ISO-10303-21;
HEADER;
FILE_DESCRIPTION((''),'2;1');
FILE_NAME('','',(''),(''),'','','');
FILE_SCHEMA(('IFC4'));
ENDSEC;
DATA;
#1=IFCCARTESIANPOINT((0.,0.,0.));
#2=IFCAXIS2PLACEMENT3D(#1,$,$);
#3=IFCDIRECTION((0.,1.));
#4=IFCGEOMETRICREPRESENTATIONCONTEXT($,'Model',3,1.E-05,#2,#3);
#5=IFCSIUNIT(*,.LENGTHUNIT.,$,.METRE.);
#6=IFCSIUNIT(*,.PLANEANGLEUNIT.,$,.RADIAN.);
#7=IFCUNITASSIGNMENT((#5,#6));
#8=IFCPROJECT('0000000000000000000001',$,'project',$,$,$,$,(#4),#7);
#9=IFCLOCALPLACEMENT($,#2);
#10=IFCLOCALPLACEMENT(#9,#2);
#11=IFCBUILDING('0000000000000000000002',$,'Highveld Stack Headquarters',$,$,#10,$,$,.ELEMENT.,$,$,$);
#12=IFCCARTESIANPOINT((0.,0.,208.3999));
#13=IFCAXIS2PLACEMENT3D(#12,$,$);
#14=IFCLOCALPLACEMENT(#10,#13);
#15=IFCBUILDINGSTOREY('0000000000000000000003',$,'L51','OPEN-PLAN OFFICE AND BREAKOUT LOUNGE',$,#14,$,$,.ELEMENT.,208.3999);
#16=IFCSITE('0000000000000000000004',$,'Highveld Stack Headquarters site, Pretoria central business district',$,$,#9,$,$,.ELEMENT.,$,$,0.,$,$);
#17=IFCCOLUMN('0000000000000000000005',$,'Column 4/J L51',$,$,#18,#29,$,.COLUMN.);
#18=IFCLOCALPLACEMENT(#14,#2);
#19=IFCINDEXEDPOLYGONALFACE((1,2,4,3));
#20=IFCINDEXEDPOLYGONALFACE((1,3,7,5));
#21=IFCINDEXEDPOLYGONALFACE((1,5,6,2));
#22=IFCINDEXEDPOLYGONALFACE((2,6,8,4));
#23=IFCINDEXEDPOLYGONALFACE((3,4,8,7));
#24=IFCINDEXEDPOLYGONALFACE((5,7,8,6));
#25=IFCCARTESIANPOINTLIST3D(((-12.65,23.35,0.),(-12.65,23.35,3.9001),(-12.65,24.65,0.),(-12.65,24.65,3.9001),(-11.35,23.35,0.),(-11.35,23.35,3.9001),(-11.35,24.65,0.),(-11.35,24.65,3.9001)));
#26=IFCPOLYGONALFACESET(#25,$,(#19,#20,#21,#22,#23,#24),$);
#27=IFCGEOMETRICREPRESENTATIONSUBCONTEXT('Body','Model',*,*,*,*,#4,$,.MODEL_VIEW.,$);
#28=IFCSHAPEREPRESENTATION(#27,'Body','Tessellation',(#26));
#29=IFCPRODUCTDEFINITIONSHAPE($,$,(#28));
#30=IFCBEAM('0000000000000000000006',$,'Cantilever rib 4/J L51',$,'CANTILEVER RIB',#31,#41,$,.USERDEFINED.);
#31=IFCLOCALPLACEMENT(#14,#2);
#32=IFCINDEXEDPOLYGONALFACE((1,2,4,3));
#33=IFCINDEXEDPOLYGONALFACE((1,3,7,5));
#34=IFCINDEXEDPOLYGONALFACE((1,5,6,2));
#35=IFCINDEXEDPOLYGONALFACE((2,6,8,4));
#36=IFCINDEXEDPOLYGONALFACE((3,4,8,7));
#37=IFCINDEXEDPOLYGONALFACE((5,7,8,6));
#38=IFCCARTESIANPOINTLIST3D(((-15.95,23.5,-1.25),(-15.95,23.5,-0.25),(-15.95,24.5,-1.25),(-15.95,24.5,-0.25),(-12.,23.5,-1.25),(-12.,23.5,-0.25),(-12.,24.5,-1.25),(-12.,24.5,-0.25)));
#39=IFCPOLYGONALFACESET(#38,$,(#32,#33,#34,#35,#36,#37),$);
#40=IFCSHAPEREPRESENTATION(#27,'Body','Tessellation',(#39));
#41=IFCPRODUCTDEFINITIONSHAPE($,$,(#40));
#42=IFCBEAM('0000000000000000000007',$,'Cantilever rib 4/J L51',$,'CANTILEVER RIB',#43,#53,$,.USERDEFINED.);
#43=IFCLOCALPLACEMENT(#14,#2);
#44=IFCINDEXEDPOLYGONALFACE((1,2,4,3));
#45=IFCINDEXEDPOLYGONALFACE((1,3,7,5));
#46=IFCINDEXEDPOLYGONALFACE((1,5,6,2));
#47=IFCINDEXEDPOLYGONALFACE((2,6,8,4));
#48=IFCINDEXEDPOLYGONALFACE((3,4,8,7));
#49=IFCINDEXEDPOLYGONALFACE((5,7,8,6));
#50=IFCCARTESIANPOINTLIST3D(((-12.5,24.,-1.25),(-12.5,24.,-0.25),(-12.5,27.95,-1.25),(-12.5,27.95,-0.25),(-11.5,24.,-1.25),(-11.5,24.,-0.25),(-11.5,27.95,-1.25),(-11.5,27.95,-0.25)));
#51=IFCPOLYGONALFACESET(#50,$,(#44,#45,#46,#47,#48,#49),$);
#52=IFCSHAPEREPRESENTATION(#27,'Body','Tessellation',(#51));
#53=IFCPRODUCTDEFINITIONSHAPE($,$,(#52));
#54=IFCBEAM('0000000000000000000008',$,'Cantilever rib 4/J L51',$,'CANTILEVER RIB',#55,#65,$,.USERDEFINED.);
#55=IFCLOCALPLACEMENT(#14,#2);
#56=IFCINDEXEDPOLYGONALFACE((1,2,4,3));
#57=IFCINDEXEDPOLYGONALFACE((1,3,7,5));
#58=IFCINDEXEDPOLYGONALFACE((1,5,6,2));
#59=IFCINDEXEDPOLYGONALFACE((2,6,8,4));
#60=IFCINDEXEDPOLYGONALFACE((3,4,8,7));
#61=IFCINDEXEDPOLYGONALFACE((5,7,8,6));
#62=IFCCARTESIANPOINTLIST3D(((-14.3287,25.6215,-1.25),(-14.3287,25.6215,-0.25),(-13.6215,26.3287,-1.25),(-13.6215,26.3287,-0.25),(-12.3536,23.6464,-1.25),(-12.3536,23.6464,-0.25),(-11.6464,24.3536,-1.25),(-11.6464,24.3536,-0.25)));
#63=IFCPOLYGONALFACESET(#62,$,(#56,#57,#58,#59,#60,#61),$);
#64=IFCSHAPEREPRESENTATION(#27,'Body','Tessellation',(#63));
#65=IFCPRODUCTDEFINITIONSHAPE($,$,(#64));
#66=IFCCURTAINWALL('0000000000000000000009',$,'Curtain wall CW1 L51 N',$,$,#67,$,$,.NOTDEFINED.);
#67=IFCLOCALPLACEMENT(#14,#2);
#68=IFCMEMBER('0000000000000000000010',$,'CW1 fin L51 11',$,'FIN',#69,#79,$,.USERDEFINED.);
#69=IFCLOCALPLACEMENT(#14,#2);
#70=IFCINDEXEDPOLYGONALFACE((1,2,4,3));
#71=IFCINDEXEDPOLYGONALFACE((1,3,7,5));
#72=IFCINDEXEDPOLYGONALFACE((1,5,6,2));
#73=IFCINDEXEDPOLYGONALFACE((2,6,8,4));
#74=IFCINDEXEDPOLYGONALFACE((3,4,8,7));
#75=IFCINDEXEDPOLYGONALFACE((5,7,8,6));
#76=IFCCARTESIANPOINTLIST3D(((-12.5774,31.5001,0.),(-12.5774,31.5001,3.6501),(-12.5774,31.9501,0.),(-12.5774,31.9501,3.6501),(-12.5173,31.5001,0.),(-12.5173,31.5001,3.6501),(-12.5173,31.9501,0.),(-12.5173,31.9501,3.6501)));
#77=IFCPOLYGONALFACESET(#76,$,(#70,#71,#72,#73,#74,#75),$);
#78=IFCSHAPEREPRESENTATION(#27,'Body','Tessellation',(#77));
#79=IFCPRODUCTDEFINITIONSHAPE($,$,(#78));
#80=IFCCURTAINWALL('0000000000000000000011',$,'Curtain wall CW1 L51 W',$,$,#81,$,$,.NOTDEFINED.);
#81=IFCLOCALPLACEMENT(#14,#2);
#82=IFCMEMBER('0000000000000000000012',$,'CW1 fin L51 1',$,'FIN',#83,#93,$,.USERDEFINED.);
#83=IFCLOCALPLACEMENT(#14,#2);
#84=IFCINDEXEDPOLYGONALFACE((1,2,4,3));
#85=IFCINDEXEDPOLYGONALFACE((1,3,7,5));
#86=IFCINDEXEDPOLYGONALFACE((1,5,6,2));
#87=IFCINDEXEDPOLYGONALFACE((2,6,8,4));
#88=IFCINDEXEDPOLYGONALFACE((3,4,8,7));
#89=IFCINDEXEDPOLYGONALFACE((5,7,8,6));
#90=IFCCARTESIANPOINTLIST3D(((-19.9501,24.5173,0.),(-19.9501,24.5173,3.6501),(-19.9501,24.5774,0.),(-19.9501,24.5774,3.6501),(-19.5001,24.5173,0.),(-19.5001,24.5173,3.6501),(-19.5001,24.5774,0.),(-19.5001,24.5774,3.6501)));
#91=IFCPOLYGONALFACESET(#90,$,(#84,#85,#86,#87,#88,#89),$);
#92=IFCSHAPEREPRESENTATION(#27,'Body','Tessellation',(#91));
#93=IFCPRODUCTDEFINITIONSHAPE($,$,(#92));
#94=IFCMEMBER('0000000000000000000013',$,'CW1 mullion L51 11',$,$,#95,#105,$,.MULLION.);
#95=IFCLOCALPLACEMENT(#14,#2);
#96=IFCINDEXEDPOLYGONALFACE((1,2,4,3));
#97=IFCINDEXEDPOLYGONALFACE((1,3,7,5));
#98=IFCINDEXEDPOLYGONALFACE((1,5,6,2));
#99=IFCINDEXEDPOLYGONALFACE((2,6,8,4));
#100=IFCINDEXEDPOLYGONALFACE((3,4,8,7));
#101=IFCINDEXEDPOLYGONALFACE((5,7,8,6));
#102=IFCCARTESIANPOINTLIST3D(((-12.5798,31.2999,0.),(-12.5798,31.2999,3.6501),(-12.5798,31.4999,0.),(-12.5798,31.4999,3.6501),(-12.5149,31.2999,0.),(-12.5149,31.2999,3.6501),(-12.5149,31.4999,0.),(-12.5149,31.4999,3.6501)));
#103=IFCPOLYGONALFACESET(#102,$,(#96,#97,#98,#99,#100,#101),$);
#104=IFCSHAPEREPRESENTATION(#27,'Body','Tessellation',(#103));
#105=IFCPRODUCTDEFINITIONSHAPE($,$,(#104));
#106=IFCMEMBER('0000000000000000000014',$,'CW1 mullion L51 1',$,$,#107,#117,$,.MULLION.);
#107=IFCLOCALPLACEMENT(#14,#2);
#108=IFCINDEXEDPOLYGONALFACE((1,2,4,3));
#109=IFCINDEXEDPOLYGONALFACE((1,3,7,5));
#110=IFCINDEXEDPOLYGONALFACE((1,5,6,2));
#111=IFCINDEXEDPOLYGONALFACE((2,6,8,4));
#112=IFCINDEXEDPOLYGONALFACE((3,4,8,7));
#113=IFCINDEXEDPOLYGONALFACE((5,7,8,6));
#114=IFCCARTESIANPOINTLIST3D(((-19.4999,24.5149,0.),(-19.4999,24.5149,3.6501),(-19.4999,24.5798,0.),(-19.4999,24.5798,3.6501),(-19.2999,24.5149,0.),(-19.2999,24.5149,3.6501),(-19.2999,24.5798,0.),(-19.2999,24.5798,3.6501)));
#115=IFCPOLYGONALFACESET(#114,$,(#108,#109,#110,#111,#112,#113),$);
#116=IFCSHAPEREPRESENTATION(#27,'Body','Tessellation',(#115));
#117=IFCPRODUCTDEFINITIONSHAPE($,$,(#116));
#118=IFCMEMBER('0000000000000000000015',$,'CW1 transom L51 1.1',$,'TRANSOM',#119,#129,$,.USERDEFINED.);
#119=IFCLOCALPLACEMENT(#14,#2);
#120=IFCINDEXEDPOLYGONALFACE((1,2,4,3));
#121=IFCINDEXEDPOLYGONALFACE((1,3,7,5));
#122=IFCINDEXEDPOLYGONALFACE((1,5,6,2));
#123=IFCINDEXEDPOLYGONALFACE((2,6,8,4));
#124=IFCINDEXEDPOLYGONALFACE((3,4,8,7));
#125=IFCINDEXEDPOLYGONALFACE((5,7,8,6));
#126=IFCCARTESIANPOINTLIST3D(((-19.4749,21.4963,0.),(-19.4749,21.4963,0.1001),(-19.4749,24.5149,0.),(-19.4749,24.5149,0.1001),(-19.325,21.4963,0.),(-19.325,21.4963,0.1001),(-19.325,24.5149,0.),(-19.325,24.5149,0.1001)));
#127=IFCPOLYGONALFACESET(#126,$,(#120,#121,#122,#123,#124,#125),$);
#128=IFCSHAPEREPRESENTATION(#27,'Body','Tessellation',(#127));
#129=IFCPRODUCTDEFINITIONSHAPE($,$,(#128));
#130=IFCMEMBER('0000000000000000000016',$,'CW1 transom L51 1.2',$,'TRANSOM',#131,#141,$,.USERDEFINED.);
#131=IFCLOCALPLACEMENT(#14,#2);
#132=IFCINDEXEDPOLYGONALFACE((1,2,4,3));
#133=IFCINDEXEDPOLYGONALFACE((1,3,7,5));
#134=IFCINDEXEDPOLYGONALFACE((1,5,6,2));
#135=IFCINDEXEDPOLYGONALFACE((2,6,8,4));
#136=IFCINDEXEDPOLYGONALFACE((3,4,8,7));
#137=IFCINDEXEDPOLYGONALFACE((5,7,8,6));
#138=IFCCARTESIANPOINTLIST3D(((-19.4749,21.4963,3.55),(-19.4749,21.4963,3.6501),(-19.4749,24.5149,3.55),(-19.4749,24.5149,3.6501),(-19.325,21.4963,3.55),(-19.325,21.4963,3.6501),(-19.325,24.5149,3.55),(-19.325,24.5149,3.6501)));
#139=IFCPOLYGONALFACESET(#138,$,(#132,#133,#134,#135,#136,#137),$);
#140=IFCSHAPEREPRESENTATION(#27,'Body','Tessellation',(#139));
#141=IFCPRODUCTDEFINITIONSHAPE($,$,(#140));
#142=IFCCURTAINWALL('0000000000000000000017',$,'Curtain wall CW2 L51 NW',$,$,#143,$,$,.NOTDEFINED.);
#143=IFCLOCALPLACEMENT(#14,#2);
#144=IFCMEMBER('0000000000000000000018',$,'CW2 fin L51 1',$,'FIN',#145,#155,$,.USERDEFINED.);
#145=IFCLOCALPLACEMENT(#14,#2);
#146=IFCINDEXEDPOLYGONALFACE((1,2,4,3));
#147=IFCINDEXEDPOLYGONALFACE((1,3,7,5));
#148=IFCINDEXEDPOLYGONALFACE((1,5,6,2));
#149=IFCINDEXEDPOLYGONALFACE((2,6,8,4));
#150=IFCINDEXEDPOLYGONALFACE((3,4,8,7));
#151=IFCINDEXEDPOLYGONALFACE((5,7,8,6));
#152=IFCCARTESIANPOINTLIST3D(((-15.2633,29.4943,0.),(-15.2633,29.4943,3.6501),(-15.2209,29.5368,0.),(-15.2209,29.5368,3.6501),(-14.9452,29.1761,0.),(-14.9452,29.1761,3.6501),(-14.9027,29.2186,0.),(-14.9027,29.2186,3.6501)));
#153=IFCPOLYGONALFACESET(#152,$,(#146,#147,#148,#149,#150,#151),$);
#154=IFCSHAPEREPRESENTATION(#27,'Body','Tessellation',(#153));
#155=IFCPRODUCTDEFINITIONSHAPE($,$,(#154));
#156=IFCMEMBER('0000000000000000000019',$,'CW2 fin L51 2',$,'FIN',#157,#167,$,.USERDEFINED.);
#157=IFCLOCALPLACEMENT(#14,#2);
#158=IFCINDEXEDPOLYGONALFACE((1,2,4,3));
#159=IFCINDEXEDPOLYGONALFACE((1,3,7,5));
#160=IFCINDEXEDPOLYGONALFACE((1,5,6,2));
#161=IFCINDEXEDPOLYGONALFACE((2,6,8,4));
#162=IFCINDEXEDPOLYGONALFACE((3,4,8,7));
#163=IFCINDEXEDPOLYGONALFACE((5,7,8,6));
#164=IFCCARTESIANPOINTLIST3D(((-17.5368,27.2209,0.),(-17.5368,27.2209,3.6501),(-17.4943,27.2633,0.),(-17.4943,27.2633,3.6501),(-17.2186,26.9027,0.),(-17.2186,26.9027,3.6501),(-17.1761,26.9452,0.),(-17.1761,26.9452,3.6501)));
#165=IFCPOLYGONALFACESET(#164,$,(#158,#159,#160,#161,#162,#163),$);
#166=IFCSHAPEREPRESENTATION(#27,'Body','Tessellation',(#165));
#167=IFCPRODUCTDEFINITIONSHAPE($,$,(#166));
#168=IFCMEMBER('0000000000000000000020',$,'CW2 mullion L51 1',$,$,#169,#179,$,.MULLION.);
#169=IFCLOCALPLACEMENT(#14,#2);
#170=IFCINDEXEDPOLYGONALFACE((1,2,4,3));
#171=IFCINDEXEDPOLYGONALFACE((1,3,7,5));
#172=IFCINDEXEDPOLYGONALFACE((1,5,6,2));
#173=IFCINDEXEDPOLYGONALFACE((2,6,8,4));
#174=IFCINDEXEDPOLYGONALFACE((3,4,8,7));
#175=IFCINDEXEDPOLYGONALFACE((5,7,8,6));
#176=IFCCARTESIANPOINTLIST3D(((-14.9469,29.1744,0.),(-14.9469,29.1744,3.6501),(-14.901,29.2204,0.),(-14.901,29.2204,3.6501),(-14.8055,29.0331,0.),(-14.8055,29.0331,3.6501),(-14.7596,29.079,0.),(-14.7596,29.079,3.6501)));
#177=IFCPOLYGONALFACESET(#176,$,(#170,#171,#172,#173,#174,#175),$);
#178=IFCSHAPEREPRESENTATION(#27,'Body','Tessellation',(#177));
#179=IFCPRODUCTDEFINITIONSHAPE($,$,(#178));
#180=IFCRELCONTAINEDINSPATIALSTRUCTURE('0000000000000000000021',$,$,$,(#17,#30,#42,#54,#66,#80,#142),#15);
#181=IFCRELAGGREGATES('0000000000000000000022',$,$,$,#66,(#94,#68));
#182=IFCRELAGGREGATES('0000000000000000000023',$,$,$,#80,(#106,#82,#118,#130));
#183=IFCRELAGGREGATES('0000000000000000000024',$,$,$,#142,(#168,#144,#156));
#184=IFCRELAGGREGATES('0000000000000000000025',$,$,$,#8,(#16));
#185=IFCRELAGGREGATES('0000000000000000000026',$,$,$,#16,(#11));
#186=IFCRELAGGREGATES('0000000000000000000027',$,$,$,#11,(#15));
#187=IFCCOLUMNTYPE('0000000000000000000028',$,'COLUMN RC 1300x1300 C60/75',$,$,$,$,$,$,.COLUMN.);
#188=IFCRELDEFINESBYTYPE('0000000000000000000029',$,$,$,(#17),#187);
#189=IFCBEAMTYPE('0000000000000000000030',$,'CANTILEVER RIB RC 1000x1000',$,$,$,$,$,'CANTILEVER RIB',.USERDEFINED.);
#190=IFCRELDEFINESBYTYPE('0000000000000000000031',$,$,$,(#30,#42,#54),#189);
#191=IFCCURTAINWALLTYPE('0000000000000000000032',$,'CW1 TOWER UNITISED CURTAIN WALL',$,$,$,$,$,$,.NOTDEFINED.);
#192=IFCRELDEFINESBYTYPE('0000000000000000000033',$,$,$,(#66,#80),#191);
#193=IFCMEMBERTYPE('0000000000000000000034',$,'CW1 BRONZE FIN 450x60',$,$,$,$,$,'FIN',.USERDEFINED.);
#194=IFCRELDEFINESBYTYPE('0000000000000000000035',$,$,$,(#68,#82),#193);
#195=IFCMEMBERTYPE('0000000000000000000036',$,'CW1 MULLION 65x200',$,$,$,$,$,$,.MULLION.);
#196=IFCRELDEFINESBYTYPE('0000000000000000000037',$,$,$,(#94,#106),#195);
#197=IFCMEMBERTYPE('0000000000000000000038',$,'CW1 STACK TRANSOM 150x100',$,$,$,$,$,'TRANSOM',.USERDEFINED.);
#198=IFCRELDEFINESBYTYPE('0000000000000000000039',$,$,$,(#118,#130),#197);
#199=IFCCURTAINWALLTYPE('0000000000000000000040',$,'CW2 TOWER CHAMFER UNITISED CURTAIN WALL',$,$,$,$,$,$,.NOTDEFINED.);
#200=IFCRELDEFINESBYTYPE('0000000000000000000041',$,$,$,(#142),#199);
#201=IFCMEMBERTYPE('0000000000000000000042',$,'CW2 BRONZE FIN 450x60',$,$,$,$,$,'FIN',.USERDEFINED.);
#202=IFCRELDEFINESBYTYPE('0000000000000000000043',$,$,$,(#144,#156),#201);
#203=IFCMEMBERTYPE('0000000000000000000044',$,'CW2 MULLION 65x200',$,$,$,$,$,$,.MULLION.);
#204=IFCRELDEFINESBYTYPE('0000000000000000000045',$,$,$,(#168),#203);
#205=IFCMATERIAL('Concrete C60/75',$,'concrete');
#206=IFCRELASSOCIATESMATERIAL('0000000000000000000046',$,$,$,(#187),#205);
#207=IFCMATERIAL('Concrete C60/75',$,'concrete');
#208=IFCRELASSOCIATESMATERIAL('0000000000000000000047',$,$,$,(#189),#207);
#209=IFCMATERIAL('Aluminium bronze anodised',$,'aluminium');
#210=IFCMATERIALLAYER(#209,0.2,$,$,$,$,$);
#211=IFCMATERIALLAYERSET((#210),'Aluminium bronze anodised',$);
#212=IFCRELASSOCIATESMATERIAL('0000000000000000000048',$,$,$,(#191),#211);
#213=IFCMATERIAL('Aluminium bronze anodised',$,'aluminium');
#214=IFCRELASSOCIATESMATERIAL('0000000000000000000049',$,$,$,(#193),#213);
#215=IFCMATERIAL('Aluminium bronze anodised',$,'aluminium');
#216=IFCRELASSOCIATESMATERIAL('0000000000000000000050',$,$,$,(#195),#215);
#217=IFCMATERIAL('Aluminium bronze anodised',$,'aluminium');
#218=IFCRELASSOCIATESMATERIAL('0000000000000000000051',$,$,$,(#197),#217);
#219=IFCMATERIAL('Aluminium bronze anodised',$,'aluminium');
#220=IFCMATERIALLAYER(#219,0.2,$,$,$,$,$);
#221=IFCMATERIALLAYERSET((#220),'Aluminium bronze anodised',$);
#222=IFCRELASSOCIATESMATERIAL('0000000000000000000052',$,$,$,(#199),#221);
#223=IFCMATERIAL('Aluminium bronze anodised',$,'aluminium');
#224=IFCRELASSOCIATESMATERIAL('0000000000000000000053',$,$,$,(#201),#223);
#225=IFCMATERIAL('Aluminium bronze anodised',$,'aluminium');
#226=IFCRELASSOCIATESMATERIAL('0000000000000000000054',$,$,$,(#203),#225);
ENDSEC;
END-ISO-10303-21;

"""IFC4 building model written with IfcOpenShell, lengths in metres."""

from ifc_helpers import new_model, si_unit, direction, frame, origin, origin_2d, place, context, subcontext, project, spatial, rectangle, extrude, material, layer, layer_set, material_profile, profile_set, type_object, element, aggregate, save


model = new_model("IFC4")

# Units and contexts
model_context = context("Model", 3, precision=1e-05, world=origin(), true_north=direction((0.0, 1.0)))
body_context = subcontext(model_context, "Body", "Model", "MODEL_VIEW")
ifc_project = project(units=[si_unit("LENGTHUNIT", "METRE"), si_unit("PLANEANGLEUNIT", "RADIAN")], contexts=[model_context])

# Site, building, storey
site_placement = place(None, origin())
site = spatial("IfcSite", under=ifc_project, at=site_placement, Name="Highveld Stack Headquarters site, Pretoria central business district", CompositionType="ELEMENT", RefElevation=0.0)
building_placement = place(site_placement, origin())
building = spatial("IfcBuilding", under=site, at=building_placement, Name="Highveld Stack Headquarters", CompositionType="ELEMENT")
storey_placement = place(building_placement, frame((0.0, 0.0, 208.3999)))
storey = spatial("IfcBuildingStorey", under=building, at=storey_placement, Name="L51", Description="OPEN-PLAN OFFICE AND BREAKOUT LOUNGE", CompositionType="ELEMENT", Elevation=208.3999)

# Column
ifc_material_1 = material(Name="Concrete C60/75", Category="concrete")
ifc_material_profile_1 = material_profile(ifc_material_1, rectangle(XDim=1.3, YDim=1.3, at=origin_2d()), Name="RC 1300x1300")
ifc_profile_set_1 = profile_set([ifc_material_profile_1], Name="Concrete C60/75")
column_type = type_object("IfcColumnType", Name="COLUMN RC 1300x1300 C60/75", PredefinedType="COLUMN", material=ifc_profile_set_1)
column_placement = place(storey_placement, frame((-12.0, 24.0, 0.0), z_axis=(0.0, 0.0, 1.0), x_axis=(1.0, 0.0, 0.0)))
element("IfcColumn", 1, at=column_placement, inside=storey, type_object=column_type, Name="Column 4/J L51", PredefinedType="COLUMN", context=body_context, shape_type="SweptSolid", body=[
    extrude(rectangle(XDim=1.3, YDim=1.3, at=origin_2d()), origin(), (0.0, 0.0, 1.0), 3.9001),
])

# Beams
ifc_material_2 = material(Name="Concrete C60/75", Category="concrete")
ifc_material_profile_2 = material_profile(ifc_material_2, rectangle(XDim=1.0, YDim=1.0, at=origin_2d()), Name="RC 1000x1000")
ifc_profile_set_2 = profile_set([ifc_material_profile_2], Name="Concrete C60/75")
beam_type_1 = type_object("IfcBeamType", Name="CANTILEVER RIB RC 1000x1000", ElementType="CANTILEVER RIB", PredefinedType="USERDEFINED", material=ifc_profile_set_2)
for number, where, z_axis, x_axis, name in (
    (2, (-12.0, 24.0, -0.75), (-1.0, 0.0, 0.0), (0.0, -1.0, 0.0), "Cantilever rib 4/J L51"),
    (3, (-12.0, 24.0, -0.75), (0.0, 1.0, 0.0), (-1.0, 0.0, 0.0), "Cantilever rib 4/J L51"),
):
    element("IfcBeam", number, at=place(storey_placement, frame(where, z_axis=z_axis, x_axis=x_axis)), inside=storey, type_object=beam_type_1, Name=name, ObjectType="CANTILEVER RIB", PredefinedType="USERDEFINED", context=body_context, shape_type="SweptSolid", body=[
        extrude(rectangle(XDim=1.0, YDim=1.0, at=origin_2d()), origin(), (0.0, 0.0, 1.0), 3.95),
    ])
beam_1_placement = place(storey_placement, frame((-12.0, 24.0, -0.75), z_axis=(-0.707107, 0.707107, 0.0), x_axis=(-0.707107, -0.707107, 0.0)))
element("IfcBeam", 4, at=beam_1_placement, inside=storey, type_object=beam_type_1, Name="Cantilever rib 4/J L51", ObjectType="CANTILEVER RIB", PredefinedType="USERDEFINED", context=body_context, shape_type="SweptSolid", body=[
    extrude(rectangle(XDim=1.0, YDim=1.0, at=origin_2d()), origin(), (0.0, 0.0, 1.0), 2.7932),
])

# Curtain walls, members
ifc_material_3 = material(Name="Aluminium bronze anodised", Category="aluminium")
ifc_layer_1 = layer(ifc_material_3, 0.2)
ifc_layer_set_1 = layer_set([ifc_layer_1], Name="Aluminium bronze anodised")
curtain_wall_type_1 = type_object("IfcCurtainWallType", Name="CW1 TOWER UNITISED CURTAIN WALL", PredefinedType="NOTDEFINED", material=ifc_layer_set_1)
curtain_wall_1_placement = place(storey_placement, origin())
curtain_wall_1 = element("IfcCurtainWall", 5, at=curtain_wall_1_placement, inside=storey, type_object=curtain_wall_type_1, Name="Curtain wall CW1 L51 N", PredefinedType="NOTDEFINED")
ifc_material_4 = material(Name="Aluminium bronze anodised", Category="aluminium")
ifc_material_profile_3 = material_profile(ifc_material_4, rectangle(XDim=0.45, YDim=0.0601, at=origin_2d()), Name="FIN 450x60")
ifc_profile_set_3 = profile_set([ifc_material_profile_3], Name="Aluminium bronze anodised")
member_type_1 = type_object("IfcMemberType", Name="CW1 BRONZE FIN 450x60", ElementType="FIN", PredefinedType="USERDEFINED", material=ifc_profile_set_3)
member_1_placement = place(storey_placement, frame((-12.5474, 31.7251, 0.0), z_axis=(0.0, 0.0, 1.0), x_axis=(0.0, -1.0, 0.0)))
member_1 = element("IfcMember", 6, at=member_1_placement, type_object=member_type_1, Name="CW1 fin L51 11", ObjectType="FIN", PredefinedType="USERDEFINED", context=body_context, shape_type="SweptSolid", body=[
    extrude(rectangle(XDim=0.45, YDim=0.0601, at=origin_2d()), origin(), (0.0, 0.0, 1.0), 3.6501),
])
curtain_wall_2_placement = place(storey_placement, origin())
curtain_wall_2 = element("IfcCurtainWall", 7, at=curtain_wall_2_placement, inside=storey, type_object=curtain_wall_type_1, Name="Curtain wall CW1 L51 W", PredefinedType="NOTDEFINED")
member_2_placement = place(storey_placement, frame((-19.7251, 24.5474, 0.0), z_axis=(0.0, 0.0, 1.0), x_axis=(1.0, 0.0, 0.0)))
member_2 = element("IfcMember", 8, at=member_2_placement, type_object=member_type_1, Name="CW1 fin L51 1", ObjectType="FIN", PredefinedType="USERDEFINED", context=body_context, shape_type="SweptSolid", body=[
    extrude(rectangle(XDim=0.45, YDim=0.0601, at=origin_2d()), origin(), (0.0, 0.0, 1.0), 3.6501),
])

# Members
ifc_material_5 = material(Name="Aluminium bronze anodised", Category="aluminium")
ifc_material_profile_4 = material_profile(ifc_material_5, rectangle(XDim=0.2, YDim=0.0649, at=origin_2d()), Name="CW1 MULLION 65x200")
ifc_profile_set_4 = profile_set([ifc_material_profile_4], Name="Aluminium bronze anodised")
member_type_2 = type_object("IfcMemberType", Name="CW1 MULLION 65x200", PredefinedType="MULLION", material=ifc_profile_set_4)
member_3_placement = place(storey_placement, frame((-12.5474, 31.3999, 0.0), z_axis=(0.0, 0.0, 1.0), x_axis=(0.0, -1.0, 0.0)))
member_3 = element("IfcMember", 9, at=member_3_placement, type_object=member_type_2, Name="CW1 mullion L51 11", PredefinedType="MULLION", context=body_context, shape_type="SweptSolid", body=[
    extrude(rectangle(XDim=0.2, YDim=0.0649, at=origin_2d()), origin(), (0.0, 0.0, 1.0), 3.6501),
])
aggregate(curtain_wall_1, [member_3, member_1])
member_4_placement = place(storey_placement, frame((-19.3999, 24.5474, 0.0), z_axis=(0.0, 0.0, 1.0), x_axis=(1.0, 0.0, 0.0)))
member_4 = element("IfcMember", 10, at=member_4_placement, type_object=member_type_2, Name="CW1 mullion L51 1", PredefinedType="MULLION", context=body_context, shape_type="SweptSolid", body=[
    extrude(rectangle(XDim=0.2, YDim=0.0649, at=origin_2d()), origin(), (0.0, 0.0, 1.0), 3.6501),
])
ifc_material_6 = material(Name="Aluminium bronze anodised", Category="aluminium")
ifc_material_profile_5 = material_profile(ifc_material_6, rectangle(XDim=0.1499, YDim=0.1001, at=origin_2d()), Name="CW1 TRANSOM 150x100")
ifc_profile_set_5 = profile_set([ifc_material_profile_5], Name="Aluminium bronze anodised")
member_type_3 = type_object("IfcMemberType", Name="CW1 STACK TRANSOM 150x100", ElementType="TRANSOM", PredefinedType="USERDEFINED", material=ifc_profile_set_5)
member_5_placement = place(storey_placement, frame((-19.3999, 24.5149, 0.05), z_axis=(0.0, -1.0, 0.0), x_axis=(1.0, 0.0, 0.0)))
member_5 = element("IfcMember", 11, at=member_5_placement, type_object=member_type_3, Name="CW1 transom L51 1.1", ObjectType="TRANSOM", PredefinedType="USERDEFINED", context=body_context, shape_type="SweptSolid", body=[
    extrude(rectangle(XDim=0.1499, YDim=0.1001, at=origin_2d()), origin(), (0.0, 0.0, 1.0), 3.0186),
])
member_6_placement = place(storey_placement, frame((-19.3999, 24.5149, 3.6001), z_axis=(0.0, -1.0, 0.0), x_axis=(1.0, 0.0, 0.0)))
member_6 = element("IfcMember", 12, at=member_6_placement, type_object=member_type_3, Name="CW1 transom L51 1.2", ObjectType="TRANSOM", PredefinedType="USERDEFINED", context=body_context, shape_type="SweptSolid", body=[
    extrude(rectangle(XDim=0.1499, YDim=0.1001, at=origin_2d()), origin(), (0.0, 0.0, 1.0), 3.0186),
])
aggregate(curtain_wall_2, [member_4, member_2, member_5, member_6])

# Curtain wall, members
ifc_material_7 = material(Name="Aluminium bronze anodised", Category="aluminium")
ifc_layer_2 = layer(ifc_material_7, 0.2)
ifc_layer_set_2 = layer_set([ifc_layer_2], Name="Aluminium bronze anodised")
curtain_wall_type_2 = type_object("IfcCurtainWallType", Name="CW2 TOWER CHAMFER UNITISED CURTAIN WALL", PredefinedType="NOTDEFINED", material=ifc_layer_set_2)
curtain_wall_3_placement = place(storey_placement, origin())
curtain_wall_3 = element("IfcCurtainWall", 13, at=curtain_wall_3_placement, inside=storey, type_object=curtain_wall_type_2, Name="Curtain wall CW2 L51 NW", PredefinedType="NOTDEFINED")
ifc_material_8 = material(Name="Aluminium bronze anodised", Category="aluminium")
ifc_material_profile_6 = material_profile(ifc_material_8, rectangle(XDim=0.45, YDim=0.0601, at=origin_2d()), Name="FIN 450x60")
ifc_profile_set_6 = profile_set([ifc_material_profile_6], Name="Aluminium bronze anodised")
member_type_4 = type_object("IfcMemberType", Name="CW2 BRONZE FIN 450x60", ElementType="FIN", PredefinedType="USERDEFINED", material=ifc_profile_set_6)
member_7_placement = place(storey_placement, frame((-15.083, 29.3564, 0.0), z_axis=(0.0, 0.0, 1.0), x_axis=(0.707107, -0.707107, 0.0)))
member_7 = element("IfcMember", 14, at=member_7_placement, type_object=member_type_4, Name="CW2 fin L51 1", ObjectType="FIN", PredefinedType="USERDEFINED", context=body_context, shape_type="SweptSolid", body=[
    extrude(rectangle(XDim=0.45, YDim=0.0601, at=origin_2d()), origin(), (0.0, 0.0, 1.0), 3.6501),
])
member_8_placement = place(storey_placement, frame((-17.3564, 27.083, 0.0), z_axis=(0.0, 0.0, 1.0), x_axis=(0.707107, -0.707107, 0.0)))
member_8 = element("IfcMember", 15, at=member_8_placement, type_object=member_type_4, Name="CW2 fin L51 2", ObjectType="FIN", PredefinedType="USERDEFINED", context=body_context, shape_type="SweptSolid", body=[
    extrude(rectangle(XDim=0.45, YDim=0.0601, at=origin_2d()), origin(), (0.0, 0.0, 1.0), 3.6501),
])
ifc_material_9 = material(Name="Aluminium bronze anodised", Category="aluminium")
ifc_material_profile_7 = material_profile(ifc_material_9, rectangle(XDim=0.2, YDim=0.0649, at=origin_2d()), Name="CW2 MULLION 65x200")
ifc_profile_set_7 = profile_set([ifc_material_profile_7], Name="Aluminium bronze anodised")
member_type_5 = type_object("IfcMemberType", Name="CW2 MULLION 65x200", PredefinedType="MULLION", material=ifc_profile_set_7)
member_9_placement = place(storey_placement, frame((-14.8533, 29.1267, 0.0), z_axis=(0.0, 0.0, 1.0), x_axis=(0.707107, -0.707107, 0.0)))
member_9 = element("IfcMember", 16, at=member_9_placement, type_object=member_type_5, Name="CW2 mullion L51 1", PredefinedType="MULLION", context=body_context, shape_type="SweptSolid", body=[
    extrude(rectangle(XDim=0.2, YDim=0.0649, at=origin_2d()), origin(), (0.0, 0.0, 1.0), 3.6501),
])

aggregate(curtain_wall_3, [member_9, member_7, member_8])

save(model, "model.ifc")
